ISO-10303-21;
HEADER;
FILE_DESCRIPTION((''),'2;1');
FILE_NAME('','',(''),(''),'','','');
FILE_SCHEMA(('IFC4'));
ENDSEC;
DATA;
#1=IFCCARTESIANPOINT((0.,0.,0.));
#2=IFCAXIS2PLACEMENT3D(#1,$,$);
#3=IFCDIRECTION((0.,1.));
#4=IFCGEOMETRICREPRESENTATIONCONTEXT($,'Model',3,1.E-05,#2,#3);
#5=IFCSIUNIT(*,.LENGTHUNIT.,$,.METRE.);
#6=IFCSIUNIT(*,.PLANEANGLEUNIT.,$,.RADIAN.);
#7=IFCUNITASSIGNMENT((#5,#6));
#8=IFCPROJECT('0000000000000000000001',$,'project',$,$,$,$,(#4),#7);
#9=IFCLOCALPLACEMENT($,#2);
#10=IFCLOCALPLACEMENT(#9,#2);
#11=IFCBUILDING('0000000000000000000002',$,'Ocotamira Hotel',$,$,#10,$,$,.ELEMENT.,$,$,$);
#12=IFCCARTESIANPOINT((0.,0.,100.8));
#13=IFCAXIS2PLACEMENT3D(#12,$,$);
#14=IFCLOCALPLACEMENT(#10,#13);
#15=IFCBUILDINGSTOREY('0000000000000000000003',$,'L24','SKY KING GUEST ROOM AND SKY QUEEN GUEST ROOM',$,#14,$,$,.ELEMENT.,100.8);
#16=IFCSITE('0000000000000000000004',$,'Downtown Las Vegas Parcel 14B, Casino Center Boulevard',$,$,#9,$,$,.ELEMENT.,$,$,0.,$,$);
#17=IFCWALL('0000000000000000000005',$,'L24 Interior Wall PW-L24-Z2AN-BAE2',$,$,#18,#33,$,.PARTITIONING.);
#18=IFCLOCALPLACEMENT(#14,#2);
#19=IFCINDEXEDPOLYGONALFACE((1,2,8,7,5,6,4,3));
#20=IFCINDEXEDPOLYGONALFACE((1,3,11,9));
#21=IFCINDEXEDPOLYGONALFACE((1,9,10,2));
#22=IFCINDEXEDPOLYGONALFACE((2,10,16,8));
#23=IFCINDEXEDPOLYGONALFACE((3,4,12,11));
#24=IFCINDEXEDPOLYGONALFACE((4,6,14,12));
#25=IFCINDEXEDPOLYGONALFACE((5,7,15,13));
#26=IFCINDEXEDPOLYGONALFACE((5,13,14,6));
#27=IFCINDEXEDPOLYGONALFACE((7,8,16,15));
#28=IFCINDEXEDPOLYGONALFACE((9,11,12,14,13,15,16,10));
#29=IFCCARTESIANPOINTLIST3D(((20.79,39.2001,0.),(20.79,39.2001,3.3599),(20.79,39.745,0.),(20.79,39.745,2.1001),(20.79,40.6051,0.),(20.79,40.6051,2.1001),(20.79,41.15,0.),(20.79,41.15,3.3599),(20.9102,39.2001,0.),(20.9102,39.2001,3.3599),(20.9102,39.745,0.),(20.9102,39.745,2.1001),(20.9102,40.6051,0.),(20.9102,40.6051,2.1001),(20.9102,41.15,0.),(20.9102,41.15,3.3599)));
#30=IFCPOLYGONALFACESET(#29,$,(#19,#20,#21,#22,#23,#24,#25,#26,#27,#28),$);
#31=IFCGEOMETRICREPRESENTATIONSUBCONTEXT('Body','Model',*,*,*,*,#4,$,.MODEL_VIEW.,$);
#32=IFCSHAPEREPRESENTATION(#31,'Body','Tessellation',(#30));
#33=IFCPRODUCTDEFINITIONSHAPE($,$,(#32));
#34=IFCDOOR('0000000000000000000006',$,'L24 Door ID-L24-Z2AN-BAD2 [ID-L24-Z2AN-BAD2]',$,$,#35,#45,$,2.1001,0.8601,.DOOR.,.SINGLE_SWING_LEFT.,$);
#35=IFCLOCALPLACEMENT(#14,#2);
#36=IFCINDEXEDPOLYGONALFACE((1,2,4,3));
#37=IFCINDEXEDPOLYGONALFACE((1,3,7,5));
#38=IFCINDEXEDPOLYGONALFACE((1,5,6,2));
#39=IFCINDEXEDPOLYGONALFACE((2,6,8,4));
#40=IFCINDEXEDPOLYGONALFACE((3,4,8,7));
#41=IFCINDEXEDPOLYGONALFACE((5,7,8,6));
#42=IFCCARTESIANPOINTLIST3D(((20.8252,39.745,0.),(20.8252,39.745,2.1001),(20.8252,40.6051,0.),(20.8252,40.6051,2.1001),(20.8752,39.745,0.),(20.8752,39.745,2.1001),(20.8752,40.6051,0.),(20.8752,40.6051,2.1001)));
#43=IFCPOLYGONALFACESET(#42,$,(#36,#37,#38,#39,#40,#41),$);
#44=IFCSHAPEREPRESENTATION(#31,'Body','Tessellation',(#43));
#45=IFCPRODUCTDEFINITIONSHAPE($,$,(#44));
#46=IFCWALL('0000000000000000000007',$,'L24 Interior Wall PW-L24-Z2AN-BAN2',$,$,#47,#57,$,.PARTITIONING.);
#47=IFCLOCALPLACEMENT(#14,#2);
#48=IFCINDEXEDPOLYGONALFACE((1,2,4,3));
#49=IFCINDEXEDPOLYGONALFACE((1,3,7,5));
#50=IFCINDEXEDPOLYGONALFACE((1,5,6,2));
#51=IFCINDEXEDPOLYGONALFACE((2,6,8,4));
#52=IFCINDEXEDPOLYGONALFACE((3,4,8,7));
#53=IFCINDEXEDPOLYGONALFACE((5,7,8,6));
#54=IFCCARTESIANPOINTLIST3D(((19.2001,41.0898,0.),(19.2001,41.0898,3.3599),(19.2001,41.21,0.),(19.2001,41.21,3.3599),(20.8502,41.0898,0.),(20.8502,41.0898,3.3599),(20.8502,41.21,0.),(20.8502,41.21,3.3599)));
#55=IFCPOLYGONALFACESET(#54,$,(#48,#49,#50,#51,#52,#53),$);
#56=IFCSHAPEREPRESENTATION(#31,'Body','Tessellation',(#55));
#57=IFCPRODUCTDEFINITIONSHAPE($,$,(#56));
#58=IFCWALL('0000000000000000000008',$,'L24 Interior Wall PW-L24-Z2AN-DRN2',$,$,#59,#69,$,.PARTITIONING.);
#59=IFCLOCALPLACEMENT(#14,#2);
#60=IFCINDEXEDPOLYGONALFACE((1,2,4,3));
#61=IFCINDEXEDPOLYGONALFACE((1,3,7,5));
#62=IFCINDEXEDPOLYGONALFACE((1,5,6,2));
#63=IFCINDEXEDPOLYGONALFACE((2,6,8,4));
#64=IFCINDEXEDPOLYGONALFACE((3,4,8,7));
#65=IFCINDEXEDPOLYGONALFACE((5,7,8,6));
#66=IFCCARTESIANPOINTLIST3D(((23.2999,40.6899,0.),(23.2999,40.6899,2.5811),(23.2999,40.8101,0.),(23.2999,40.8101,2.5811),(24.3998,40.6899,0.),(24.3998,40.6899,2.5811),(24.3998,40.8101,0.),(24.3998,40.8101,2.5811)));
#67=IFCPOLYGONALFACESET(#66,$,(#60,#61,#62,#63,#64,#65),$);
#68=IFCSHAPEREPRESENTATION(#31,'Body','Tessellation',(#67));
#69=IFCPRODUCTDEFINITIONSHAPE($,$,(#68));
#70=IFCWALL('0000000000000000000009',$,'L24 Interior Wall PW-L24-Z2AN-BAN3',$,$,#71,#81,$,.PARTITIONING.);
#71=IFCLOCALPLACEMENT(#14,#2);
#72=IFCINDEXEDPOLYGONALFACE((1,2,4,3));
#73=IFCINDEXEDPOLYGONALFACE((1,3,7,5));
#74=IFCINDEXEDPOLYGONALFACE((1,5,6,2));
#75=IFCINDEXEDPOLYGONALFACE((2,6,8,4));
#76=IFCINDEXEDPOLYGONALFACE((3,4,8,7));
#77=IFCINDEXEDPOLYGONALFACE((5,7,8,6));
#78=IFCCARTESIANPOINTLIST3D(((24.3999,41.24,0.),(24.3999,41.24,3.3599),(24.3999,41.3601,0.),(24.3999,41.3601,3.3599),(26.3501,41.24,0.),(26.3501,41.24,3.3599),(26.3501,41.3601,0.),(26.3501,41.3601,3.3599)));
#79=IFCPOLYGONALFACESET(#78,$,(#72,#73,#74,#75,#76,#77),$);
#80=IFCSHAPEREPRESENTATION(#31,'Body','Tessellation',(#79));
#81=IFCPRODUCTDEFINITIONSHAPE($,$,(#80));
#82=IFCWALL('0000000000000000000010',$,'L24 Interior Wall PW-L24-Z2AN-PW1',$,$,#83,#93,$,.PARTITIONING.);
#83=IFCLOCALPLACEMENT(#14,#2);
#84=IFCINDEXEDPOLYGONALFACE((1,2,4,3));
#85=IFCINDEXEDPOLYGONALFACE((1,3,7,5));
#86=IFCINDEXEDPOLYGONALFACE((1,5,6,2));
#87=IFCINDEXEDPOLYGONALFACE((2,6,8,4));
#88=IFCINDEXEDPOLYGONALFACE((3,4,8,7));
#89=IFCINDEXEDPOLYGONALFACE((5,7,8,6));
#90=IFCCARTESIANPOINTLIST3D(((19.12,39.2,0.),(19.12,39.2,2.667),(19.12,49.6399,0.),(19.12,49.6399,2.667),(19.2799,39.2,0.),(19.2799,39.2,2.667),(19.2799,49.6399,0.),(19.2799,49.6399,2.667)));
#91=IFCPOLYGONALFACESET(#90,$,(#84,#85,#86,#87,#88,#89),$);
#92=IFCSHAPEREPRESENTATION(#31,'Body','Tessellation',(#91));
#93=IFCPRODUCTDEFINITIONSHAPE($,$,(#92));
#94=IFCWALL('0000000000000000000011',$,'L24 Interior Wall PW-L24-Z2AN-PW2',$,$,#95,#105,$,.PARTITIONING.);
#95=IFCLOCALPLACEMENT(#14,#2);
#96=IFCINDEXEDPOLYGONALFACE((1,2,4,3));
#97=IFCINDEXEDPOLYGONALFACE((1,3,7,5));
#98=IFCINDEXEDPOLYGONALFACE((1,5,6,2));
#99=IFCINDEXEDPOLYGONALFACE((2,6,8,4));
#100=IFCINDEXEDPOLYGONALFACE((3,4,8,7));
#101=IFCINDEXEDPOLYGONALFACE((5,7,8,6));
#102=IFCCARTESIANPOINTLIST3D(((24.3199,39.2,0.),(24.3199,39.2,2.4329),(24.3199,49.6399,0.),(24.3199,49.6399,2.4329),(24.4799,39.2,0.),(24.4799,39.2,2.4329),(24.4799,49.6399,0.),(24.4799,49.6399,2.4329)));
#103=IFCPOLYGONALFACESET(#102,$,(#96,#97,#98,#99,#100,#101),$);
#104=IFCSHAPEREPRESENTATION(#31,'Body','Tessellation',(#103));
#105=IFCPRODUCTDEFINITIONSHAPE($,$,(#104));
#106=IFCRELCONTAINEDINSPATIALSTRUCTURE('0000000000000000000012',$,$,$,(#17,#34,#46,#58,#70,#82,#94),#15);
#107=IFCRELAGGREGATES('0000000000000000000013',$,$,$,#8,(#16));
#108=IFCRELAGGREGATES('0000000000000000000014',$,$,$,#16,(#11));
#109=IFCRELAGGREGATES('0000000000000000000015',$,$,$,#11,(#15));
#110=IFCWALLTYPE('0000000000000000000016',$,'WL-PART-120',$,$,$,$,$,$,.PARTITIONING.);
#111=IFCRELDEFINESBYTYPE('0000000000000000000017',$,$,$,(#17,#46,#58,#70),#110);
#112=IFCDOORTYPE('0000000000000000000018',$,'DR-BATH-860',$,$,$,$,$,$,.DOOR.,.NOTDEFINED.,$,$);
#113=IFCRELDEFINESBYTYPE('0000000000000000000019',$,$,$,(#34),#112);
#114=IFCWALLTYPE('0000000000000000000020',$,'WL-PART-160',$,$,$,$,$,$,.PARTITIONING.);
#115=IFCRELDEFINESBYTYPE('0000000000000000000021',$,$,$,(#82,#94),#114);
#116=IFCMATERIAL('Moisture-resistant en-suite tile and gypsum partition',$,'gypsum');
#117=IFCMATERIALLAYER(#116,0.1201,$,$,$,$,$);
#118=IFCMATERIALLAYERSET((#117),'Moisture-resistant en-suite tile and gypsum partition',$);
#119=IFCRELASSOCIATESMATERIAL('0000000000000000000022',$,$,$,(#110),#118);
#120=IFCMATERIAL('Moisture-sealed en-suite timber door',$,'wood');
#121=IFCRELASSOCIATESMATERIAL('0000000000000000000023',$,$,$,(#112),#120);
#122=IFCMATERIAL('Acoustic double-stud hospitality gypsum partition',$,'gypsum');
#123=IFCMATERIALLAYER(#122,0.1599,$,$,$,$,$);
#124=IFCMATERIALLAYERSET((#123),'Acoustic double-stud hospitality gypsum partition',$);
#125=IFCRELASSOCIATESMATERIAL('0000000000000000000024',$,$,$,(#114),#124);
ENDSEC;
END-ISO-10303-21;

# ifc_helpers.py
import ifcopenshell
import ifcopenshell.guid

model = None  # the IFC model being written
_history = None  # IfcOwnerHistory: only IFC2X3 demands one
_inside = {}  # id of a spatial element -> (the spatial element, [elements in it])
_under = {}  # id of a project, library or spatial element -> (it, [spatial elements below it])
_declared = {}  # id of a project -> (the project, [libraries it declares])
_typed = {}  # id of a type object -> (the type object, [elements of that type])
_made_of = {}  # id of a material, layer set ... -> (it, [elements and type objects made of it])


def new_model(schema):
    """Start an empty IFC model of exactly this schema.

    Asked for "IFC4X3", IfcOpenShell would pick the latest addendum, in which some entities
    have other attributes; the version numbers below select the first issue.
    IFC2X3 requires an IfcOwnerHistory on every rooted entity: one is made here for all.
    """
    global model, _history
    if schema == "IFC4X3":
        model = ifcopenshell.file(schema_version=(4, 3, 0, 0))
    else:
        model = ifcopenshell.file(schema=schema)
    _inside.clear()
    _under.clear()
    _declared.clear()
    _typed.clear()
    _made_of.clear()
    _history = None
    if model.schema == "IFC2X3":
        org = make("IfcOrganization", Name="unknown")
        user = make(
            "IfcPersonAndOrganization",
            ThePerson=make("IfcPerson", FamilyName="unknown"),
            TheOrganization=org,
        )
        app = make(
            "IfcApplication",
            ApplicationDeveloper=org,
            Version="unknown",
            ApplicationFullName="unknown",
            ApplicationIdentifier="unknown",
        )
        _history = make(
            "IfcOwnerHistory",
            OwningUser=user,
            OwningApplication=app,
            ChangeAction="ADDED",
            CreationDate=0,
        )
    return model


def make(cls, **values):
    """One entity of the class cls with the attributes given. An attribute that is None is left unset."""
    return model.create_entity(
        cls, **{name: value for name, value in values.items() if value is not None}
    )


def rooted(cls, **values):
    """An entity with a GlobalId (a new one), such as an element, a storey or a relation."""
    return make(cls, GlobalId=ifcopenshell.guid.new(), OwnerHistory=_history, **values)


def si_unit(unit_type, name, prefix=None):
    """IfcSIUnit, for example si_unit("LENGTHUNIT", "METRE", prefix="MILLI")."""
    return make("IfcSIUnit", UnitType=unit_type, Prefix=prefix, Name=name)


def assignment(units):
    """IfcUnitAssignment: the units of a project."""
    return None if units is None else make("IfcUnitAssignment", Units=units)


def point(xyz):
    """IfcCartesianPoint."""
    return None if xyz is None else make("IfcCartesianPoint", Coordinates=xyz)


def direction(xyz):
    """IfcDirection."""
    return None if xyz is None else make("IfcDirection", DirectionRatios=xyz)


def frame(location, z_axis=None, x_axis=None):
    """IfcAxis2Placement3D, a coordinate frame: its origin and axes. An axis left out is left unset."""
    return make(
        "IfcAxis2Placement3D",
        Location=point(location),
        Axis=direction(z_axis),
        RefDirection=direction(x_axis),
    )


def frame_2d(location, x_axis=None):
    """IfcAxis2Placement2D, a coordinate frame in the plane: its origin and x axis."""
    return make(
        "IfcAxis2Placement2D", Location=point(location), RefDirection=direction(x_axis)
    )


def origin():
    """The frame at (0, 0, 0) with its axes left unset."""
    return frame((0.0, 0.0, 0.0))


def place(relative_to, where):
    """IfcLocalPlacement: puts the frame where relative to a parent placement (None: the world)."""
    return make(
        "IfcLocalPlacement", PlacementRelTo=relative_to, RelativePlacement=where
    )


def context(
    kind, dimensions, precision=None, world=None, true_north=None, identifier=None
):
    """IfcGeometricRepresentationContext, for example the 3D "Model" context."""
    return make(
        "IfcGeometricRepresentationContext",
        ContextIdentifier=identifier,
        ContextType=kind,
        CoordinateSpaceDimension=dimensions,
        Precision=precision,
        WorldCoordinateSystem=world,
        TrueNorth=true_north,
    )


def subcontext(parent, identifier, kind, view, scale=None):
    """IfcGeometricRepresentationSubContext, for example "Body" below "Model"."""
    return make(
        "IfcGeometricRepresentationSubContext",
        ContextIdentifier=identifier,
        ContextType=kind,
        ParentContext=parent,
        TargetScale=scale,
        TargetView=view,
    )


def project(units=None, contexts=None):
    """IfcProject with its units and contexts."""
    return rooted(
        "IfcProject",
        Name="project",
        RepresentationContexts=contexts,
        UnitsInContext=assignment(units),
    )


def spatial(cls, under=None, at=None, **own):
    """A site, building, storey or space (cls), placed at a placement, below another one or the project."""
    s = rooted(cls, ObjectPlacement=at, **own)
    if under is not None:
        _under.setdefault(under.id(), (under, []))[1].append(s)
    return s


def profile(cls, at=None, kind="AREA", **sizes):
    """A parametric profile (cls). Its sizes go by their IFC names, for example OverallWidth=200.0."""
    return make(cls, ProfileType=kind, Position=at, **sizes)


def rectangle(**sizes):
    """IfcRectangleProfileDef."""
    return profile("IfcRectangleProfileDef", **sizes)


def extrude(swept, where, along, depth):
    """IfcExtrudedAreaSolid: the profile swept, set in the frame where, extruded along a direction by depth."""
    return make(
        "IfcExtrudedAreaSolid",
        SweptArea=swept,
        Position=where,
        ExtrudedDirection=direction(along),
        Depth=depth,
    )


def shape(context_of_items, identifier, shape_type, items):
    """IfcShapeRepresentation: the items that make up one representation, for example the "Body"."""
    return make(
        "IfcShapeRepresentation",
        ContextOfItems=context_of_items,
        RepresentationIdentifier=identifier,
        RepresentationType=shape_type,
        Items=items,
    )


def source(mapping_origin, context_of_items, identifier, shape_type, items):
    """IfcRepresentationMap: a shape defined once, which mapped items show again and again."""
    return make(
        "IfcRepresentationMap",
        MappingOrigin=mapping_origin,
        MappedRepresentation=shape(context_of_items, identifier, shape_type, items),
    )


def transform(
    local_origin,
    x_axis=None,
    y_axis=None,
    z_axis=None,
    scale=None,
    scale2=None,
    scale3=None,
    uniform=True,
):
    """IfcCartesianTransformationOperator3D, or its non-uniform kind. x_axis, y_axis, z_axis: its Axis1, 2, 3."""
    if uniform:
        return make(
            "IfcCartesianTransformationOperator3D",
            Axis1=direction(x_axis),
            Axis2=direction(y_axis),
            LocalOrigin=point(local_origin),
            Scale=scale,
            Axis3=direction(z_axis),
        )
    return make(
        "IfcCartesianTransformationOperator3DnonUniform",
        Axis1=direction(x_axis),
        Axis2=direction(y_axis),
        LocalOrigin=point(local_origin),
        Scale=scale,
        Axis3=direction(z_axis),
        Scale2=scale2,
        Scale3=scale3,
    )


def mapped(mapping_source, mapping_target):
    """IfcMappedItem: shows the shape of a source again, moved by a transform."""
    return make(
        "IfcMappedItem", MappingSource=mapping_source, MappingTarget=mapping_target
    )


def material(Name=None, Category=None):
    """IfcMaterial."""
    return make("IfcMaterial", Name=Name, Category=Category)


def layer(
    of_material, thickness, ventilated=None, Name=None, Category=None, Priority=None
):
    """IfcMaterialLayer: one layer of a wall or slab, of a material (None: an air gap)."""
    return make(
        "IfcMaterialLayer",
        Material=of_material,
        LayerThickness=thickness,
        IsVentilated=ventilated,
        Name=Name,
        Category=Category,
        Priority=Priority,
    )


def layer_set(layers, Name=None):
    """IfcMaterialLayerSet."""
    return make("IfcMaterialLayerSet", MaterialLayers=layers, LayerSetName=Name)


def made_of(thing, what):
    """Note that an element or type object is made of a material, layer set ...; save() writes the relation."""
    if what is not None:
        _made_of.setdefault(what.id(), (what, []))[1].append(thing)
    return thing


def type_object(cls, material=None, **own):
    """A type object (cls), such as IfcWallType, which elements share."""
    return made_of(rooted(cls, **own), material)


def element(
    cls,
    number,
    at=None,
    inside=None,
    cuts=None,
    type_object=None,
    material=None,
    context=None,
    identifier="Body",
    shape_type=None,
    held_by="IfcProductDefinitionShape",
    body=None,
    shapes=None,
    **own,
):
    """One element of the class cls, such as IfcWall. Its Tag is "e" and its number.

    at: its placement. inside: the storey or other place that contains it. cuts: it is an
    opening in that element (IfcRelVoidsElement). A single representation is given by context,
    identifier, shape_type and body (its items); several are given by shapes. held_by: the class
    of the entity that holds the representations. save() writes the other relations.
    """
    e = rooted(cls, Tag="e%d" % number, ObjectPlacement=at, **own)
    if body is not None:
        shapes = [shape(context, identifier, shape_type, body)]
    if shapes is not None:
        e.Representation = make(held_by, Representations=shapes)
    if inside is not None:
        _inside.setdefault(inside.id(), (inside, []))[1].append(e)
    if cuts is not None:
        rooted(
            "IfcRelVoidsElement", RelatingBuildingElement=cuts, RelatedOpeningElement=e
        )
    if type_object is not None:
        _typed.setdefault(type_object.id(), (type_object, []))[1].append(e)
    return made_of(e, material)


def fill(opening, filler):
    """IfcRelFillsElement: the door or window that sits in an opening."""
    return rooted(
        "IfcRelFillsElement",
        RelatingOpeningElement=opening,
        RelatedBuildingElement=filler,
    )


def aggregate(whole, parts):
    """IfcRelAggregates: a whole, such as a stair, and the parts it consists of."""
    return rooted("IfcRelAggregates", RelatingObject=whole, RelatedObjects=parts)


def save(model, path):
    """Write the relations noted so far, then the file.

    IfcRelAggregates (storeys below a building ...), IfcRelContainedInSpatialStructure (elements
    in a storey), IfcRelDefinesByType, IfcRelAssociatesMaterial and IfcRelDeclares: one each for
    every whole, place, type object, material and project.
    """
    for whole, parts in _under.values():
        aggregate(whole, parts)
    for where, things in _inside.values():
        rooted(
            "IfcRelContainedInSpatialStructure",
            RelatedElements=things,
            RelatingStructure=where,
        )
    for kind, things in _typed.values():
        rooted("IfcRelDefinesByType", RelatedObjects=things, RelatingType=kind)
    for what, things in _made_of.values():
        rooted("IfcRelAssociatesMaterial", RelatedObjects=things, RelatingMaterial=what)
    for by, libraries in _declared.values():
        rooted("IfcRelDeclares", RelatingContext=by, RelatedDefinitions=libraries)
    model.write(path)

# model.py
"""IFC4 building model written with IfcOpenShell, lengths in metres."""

from ifc_helpers import new_model, si_unit, direction, frame, frame_2d, origin, place, context, subcontext, project, spatial, rectangle, extrude, source, transform, mapped, material, layer, layer_set, type_object, element, fill, save


model = new_model("IFC4")

# Units and contexts
model_context = context("Model", 3, precision=1e-05, world=origin(), true_north=direction((0.0, 1.0)))
body_context = subcontext(model_context, "Body", "Model", "MODEL_VIEW")
ifc_project = project(units=[si_unit("LENGTHUNIT", "METRE"), si_unit("PLANEANGLEUNIT", "RADIAN")], contexts=[model_context])

# Site, building, storey
site_placement = place(None, origin())
site = spatial("IfcSite", under=ifc_project, at=site_placement, Name="Downtown Las Vegas Parcel 14B, Casino Center Boulevard", CompositionType="ELEMENT", RefElevation=0.0)
building_placement = place(site_placement, origin())
building = spatial("IfcBuilding", under=site, at=building_placement, Name="Ocotamira Hotel", CompositionType="ELEMENT")
storey_placement = place(building_placement, frame((0.0, 0.0, 100.8)))
storey = spatial("IfcBuildingStorey", under=building, at=storey_placement, Name="L24", Description="SKY KING GUEST ROOM AND SKY QUEEN GUEST ROOM", CompositionType="ELEMENT", Elevation=100.8)

# Shared definitions
ifc_material_1 = material(Name="Moisture-resistant en-suite tile and gypsum partition", Category="gypsum")
ifc_layer_1 = layer(ifc_material_1, 0.1201)
ifc_layer_set_1 = layer_set([ifc_layer_1], Name="Moisture-resistant en-suite tile and gypsum partition")
wall_type_1 = type_object("IfcWallType", Name="WL-PART-120", PredefinedType="PARTITIONING", material=ifc_layer_set_1)

# Wall, opening, door
wall_1_placement = place(storey_placement, frame((20.8501, 39.2, 0.0), z_axis=(0.0, 0.0, 1.0), x_axis=(0.0, 1.0, 0.0)))
wall_1 = element("IfcWall", 1, at=wall_1_placement, inside=storey, type_object=wall_type_1, Name="L24 Interior Wall PW-L24-Z2AN-BAE2", PredefinedType="PARTITIONING", context=body_context, shape_type="SweptSolid", body=[
    extrude(rectangle(XDim=1.95, YDim=0.1201, at=frame_2d((0.9751, 0.0))), origin(), (0.0, 0.0, 1.0), 3.3599),
])
opening_placement = place(wall_1_placement, frame((0.5449, 0.0, 0.0)))
opening = element("IfcOpeningElement", 2, at=opening_placement, cuts=wall_1, PredefinedType="OPENING", context=body_context, shape_type="SweptSolid", body=[
    extrude(rectangle(XDim=0.8601, YDim=2.1001, at=frame_2d((0.4302, 1.05))), frame((0.0, 0.0701, 0.0), z_axis=(0.0, -1.0, 0.0), x_axis=(1.0, 0.0, 0.0)), (0.0, 0.0, 1.0), 0.1401),
])
ifc_material_2 = material(Name="Moisture-sealed en-suite timber door", Category="wood")
door_type = type_object("IfcDoorType", Name="DR-BATH-860", OperationType="NOTDEFINED", PredefinedType="DOOR", material=ifc_material_2)
shared_shape_1 = source(origin(), body_context, "Body", "SweptSolid", [
    extrude(rectangle(XDim=0.8601, YDim=2.1001, at=frame_2d((0.4302, 1.05))), frame((0.0, 0.0249, 0.0), z_axis=(0.0, -1.0, 0.0), x_axis=(1.0, 0.0, 0.0)), (0.0, 0.0, 1.0), 0.05),
])
door_placement = place(opening_placement, origin())
door = element("IfcDoor", 3, at=door_placement, inside=storey, type_object=door_type, Name="L24 Door ID-L24-Z2AN-BAD2 [ID-L24-Z2AN-BAD2]", OperationType="SINGLE_SWING_LEFT", OverallHeight=2.1001, OverallWidth=0.8601, PredefinedType="DOOR", context=body_context, shape_type="MappedRepresentation", body=[
    mapped(shared_shape_1, transform((0.0, 0.0, 0.0), scale=1.0)),
])
fill(opening, door)

# Walls
wall_2_placement = place(storey_placement, frame((19.2, 41.1499, 0.0), z_axis=(0.0, 0.0, 1.0), x_axis=(1.0, 0.0, 0.0)))
element("IfcWall", 4, at=wall_2_placement, inside=storey, type_object=wall_type_1, Name="L24 Interior Wall PW-L24-Z2AN-BAN2", PredefinedType="PARTITIONING", context=body_context, shape_type="SweptSolid", body=[
    extrude(rectangle(XDim=1.6501, YDim=0.1201, at=frame_2d((0.8252, 0.0))), origin(), (0.0, 0.0, 1.0), 3.3599),
])
wall_3_placement = place(storey_placement, frame((23.3, 40.75, 0.0), z_axis=(0.0, 0.0, 1.0), x_axis=(1.0, 0.0, 0.0)))
element("IfcWall", 5, at=wall_3_placement, inside=storey, type_object=wall_type_1, Name="L24 Interior Wall PW-L24-Z2AN-DRN2", PredefinedType="PARTITIONING", context=body_context, shape_type="SweptSolid", body=[
    extrude(rectangle(XDim=1.0999, YDim=0.1201, at=frame_2d((0.5498, 0.0))), origin(), (0.0, 0.0, 1.0), 2.5811),
])
wall_4_placement = place(storey_placement, frame((24.3999, 41.3, 0.0), z_axis=(0.0, 0.0, 1.0), x_axis=(1.0, 0.0, 0.0)))
element("IfcWall", 6, at=wall_4_placement, inside=storey, type_object=wall_type_1, Name="L24 Interior Wall PW-L24-Z2AN-BAN3", PredefinedType="PARTITIONING", context=body_context, shape_type="SweptSolid", body=[
    extrude(rectangle(XDim=1.9502, YDim=0.1201, at=frame_2d((0.9751, 0.0))), origin(), (0.0, 0.0, 1.0), 3.3599),
])
ifc_material_3 = material(Name="Acoustic double-stud hospitality gypsum partition", Category="gypsum")
ifc_layer_2 = layer(ifc_material_3, 0.1599)
ifc_layer_set_2 = layer_set([ifc_layer_2], Name="Acoustic double-stud hospitality gypsum partition")
wall_type_2 = type_object("IfcWallType", Name="WL-PART-160", PredefinedType="PARTITIONING", material=ifc_layer_set_2)
wall_5_placement = place(storey_placement, frame((19.2, 39.2, 0.0), z_axis=(0.0, 0.0, 1.0), x_axis=(0.0, 1.0, 0.0)))
element("IfcWall", 7, at=wall_5_placement, inside=storey, type_object=wall_type_2, Name="L24 Interior Wall PW-L24-Z2AN-PW1", PredefinedType="PARTITIONING", context=body_context, shape_type="SweptSolid", body=[
    extrude(rectangle(XDim=10.4399, YDim=0.1599, at=frame_2d((5.22, 0.0))), origin(), (0.0, 0.0, 1.0), 2.667),
])
wall_6_placement = place(storey_placement, frame((24.3999, 39.2, 0.0), z_axis=(0.0, 0.0, 1.0), x_axis=(0.0, 1.0, 0.0)))
element("IfcWall", 8, at=wall_6_placement, inside=storey, type_object=wall_type_2, Name="L24 Interior Wall PW-L24-Z2AN-PW2", PredefinedType="PARTITIONING", context=body_context, shape_type="SweptSolid", body=[
    extrude(rectangle(XDim=10.4399, YDim=0.1599, at=frame_2d((5.22, 0.0))), origin(), (0.0, 0.0, 1.0), 2.4329),
])

save(model, "model.ifc")
